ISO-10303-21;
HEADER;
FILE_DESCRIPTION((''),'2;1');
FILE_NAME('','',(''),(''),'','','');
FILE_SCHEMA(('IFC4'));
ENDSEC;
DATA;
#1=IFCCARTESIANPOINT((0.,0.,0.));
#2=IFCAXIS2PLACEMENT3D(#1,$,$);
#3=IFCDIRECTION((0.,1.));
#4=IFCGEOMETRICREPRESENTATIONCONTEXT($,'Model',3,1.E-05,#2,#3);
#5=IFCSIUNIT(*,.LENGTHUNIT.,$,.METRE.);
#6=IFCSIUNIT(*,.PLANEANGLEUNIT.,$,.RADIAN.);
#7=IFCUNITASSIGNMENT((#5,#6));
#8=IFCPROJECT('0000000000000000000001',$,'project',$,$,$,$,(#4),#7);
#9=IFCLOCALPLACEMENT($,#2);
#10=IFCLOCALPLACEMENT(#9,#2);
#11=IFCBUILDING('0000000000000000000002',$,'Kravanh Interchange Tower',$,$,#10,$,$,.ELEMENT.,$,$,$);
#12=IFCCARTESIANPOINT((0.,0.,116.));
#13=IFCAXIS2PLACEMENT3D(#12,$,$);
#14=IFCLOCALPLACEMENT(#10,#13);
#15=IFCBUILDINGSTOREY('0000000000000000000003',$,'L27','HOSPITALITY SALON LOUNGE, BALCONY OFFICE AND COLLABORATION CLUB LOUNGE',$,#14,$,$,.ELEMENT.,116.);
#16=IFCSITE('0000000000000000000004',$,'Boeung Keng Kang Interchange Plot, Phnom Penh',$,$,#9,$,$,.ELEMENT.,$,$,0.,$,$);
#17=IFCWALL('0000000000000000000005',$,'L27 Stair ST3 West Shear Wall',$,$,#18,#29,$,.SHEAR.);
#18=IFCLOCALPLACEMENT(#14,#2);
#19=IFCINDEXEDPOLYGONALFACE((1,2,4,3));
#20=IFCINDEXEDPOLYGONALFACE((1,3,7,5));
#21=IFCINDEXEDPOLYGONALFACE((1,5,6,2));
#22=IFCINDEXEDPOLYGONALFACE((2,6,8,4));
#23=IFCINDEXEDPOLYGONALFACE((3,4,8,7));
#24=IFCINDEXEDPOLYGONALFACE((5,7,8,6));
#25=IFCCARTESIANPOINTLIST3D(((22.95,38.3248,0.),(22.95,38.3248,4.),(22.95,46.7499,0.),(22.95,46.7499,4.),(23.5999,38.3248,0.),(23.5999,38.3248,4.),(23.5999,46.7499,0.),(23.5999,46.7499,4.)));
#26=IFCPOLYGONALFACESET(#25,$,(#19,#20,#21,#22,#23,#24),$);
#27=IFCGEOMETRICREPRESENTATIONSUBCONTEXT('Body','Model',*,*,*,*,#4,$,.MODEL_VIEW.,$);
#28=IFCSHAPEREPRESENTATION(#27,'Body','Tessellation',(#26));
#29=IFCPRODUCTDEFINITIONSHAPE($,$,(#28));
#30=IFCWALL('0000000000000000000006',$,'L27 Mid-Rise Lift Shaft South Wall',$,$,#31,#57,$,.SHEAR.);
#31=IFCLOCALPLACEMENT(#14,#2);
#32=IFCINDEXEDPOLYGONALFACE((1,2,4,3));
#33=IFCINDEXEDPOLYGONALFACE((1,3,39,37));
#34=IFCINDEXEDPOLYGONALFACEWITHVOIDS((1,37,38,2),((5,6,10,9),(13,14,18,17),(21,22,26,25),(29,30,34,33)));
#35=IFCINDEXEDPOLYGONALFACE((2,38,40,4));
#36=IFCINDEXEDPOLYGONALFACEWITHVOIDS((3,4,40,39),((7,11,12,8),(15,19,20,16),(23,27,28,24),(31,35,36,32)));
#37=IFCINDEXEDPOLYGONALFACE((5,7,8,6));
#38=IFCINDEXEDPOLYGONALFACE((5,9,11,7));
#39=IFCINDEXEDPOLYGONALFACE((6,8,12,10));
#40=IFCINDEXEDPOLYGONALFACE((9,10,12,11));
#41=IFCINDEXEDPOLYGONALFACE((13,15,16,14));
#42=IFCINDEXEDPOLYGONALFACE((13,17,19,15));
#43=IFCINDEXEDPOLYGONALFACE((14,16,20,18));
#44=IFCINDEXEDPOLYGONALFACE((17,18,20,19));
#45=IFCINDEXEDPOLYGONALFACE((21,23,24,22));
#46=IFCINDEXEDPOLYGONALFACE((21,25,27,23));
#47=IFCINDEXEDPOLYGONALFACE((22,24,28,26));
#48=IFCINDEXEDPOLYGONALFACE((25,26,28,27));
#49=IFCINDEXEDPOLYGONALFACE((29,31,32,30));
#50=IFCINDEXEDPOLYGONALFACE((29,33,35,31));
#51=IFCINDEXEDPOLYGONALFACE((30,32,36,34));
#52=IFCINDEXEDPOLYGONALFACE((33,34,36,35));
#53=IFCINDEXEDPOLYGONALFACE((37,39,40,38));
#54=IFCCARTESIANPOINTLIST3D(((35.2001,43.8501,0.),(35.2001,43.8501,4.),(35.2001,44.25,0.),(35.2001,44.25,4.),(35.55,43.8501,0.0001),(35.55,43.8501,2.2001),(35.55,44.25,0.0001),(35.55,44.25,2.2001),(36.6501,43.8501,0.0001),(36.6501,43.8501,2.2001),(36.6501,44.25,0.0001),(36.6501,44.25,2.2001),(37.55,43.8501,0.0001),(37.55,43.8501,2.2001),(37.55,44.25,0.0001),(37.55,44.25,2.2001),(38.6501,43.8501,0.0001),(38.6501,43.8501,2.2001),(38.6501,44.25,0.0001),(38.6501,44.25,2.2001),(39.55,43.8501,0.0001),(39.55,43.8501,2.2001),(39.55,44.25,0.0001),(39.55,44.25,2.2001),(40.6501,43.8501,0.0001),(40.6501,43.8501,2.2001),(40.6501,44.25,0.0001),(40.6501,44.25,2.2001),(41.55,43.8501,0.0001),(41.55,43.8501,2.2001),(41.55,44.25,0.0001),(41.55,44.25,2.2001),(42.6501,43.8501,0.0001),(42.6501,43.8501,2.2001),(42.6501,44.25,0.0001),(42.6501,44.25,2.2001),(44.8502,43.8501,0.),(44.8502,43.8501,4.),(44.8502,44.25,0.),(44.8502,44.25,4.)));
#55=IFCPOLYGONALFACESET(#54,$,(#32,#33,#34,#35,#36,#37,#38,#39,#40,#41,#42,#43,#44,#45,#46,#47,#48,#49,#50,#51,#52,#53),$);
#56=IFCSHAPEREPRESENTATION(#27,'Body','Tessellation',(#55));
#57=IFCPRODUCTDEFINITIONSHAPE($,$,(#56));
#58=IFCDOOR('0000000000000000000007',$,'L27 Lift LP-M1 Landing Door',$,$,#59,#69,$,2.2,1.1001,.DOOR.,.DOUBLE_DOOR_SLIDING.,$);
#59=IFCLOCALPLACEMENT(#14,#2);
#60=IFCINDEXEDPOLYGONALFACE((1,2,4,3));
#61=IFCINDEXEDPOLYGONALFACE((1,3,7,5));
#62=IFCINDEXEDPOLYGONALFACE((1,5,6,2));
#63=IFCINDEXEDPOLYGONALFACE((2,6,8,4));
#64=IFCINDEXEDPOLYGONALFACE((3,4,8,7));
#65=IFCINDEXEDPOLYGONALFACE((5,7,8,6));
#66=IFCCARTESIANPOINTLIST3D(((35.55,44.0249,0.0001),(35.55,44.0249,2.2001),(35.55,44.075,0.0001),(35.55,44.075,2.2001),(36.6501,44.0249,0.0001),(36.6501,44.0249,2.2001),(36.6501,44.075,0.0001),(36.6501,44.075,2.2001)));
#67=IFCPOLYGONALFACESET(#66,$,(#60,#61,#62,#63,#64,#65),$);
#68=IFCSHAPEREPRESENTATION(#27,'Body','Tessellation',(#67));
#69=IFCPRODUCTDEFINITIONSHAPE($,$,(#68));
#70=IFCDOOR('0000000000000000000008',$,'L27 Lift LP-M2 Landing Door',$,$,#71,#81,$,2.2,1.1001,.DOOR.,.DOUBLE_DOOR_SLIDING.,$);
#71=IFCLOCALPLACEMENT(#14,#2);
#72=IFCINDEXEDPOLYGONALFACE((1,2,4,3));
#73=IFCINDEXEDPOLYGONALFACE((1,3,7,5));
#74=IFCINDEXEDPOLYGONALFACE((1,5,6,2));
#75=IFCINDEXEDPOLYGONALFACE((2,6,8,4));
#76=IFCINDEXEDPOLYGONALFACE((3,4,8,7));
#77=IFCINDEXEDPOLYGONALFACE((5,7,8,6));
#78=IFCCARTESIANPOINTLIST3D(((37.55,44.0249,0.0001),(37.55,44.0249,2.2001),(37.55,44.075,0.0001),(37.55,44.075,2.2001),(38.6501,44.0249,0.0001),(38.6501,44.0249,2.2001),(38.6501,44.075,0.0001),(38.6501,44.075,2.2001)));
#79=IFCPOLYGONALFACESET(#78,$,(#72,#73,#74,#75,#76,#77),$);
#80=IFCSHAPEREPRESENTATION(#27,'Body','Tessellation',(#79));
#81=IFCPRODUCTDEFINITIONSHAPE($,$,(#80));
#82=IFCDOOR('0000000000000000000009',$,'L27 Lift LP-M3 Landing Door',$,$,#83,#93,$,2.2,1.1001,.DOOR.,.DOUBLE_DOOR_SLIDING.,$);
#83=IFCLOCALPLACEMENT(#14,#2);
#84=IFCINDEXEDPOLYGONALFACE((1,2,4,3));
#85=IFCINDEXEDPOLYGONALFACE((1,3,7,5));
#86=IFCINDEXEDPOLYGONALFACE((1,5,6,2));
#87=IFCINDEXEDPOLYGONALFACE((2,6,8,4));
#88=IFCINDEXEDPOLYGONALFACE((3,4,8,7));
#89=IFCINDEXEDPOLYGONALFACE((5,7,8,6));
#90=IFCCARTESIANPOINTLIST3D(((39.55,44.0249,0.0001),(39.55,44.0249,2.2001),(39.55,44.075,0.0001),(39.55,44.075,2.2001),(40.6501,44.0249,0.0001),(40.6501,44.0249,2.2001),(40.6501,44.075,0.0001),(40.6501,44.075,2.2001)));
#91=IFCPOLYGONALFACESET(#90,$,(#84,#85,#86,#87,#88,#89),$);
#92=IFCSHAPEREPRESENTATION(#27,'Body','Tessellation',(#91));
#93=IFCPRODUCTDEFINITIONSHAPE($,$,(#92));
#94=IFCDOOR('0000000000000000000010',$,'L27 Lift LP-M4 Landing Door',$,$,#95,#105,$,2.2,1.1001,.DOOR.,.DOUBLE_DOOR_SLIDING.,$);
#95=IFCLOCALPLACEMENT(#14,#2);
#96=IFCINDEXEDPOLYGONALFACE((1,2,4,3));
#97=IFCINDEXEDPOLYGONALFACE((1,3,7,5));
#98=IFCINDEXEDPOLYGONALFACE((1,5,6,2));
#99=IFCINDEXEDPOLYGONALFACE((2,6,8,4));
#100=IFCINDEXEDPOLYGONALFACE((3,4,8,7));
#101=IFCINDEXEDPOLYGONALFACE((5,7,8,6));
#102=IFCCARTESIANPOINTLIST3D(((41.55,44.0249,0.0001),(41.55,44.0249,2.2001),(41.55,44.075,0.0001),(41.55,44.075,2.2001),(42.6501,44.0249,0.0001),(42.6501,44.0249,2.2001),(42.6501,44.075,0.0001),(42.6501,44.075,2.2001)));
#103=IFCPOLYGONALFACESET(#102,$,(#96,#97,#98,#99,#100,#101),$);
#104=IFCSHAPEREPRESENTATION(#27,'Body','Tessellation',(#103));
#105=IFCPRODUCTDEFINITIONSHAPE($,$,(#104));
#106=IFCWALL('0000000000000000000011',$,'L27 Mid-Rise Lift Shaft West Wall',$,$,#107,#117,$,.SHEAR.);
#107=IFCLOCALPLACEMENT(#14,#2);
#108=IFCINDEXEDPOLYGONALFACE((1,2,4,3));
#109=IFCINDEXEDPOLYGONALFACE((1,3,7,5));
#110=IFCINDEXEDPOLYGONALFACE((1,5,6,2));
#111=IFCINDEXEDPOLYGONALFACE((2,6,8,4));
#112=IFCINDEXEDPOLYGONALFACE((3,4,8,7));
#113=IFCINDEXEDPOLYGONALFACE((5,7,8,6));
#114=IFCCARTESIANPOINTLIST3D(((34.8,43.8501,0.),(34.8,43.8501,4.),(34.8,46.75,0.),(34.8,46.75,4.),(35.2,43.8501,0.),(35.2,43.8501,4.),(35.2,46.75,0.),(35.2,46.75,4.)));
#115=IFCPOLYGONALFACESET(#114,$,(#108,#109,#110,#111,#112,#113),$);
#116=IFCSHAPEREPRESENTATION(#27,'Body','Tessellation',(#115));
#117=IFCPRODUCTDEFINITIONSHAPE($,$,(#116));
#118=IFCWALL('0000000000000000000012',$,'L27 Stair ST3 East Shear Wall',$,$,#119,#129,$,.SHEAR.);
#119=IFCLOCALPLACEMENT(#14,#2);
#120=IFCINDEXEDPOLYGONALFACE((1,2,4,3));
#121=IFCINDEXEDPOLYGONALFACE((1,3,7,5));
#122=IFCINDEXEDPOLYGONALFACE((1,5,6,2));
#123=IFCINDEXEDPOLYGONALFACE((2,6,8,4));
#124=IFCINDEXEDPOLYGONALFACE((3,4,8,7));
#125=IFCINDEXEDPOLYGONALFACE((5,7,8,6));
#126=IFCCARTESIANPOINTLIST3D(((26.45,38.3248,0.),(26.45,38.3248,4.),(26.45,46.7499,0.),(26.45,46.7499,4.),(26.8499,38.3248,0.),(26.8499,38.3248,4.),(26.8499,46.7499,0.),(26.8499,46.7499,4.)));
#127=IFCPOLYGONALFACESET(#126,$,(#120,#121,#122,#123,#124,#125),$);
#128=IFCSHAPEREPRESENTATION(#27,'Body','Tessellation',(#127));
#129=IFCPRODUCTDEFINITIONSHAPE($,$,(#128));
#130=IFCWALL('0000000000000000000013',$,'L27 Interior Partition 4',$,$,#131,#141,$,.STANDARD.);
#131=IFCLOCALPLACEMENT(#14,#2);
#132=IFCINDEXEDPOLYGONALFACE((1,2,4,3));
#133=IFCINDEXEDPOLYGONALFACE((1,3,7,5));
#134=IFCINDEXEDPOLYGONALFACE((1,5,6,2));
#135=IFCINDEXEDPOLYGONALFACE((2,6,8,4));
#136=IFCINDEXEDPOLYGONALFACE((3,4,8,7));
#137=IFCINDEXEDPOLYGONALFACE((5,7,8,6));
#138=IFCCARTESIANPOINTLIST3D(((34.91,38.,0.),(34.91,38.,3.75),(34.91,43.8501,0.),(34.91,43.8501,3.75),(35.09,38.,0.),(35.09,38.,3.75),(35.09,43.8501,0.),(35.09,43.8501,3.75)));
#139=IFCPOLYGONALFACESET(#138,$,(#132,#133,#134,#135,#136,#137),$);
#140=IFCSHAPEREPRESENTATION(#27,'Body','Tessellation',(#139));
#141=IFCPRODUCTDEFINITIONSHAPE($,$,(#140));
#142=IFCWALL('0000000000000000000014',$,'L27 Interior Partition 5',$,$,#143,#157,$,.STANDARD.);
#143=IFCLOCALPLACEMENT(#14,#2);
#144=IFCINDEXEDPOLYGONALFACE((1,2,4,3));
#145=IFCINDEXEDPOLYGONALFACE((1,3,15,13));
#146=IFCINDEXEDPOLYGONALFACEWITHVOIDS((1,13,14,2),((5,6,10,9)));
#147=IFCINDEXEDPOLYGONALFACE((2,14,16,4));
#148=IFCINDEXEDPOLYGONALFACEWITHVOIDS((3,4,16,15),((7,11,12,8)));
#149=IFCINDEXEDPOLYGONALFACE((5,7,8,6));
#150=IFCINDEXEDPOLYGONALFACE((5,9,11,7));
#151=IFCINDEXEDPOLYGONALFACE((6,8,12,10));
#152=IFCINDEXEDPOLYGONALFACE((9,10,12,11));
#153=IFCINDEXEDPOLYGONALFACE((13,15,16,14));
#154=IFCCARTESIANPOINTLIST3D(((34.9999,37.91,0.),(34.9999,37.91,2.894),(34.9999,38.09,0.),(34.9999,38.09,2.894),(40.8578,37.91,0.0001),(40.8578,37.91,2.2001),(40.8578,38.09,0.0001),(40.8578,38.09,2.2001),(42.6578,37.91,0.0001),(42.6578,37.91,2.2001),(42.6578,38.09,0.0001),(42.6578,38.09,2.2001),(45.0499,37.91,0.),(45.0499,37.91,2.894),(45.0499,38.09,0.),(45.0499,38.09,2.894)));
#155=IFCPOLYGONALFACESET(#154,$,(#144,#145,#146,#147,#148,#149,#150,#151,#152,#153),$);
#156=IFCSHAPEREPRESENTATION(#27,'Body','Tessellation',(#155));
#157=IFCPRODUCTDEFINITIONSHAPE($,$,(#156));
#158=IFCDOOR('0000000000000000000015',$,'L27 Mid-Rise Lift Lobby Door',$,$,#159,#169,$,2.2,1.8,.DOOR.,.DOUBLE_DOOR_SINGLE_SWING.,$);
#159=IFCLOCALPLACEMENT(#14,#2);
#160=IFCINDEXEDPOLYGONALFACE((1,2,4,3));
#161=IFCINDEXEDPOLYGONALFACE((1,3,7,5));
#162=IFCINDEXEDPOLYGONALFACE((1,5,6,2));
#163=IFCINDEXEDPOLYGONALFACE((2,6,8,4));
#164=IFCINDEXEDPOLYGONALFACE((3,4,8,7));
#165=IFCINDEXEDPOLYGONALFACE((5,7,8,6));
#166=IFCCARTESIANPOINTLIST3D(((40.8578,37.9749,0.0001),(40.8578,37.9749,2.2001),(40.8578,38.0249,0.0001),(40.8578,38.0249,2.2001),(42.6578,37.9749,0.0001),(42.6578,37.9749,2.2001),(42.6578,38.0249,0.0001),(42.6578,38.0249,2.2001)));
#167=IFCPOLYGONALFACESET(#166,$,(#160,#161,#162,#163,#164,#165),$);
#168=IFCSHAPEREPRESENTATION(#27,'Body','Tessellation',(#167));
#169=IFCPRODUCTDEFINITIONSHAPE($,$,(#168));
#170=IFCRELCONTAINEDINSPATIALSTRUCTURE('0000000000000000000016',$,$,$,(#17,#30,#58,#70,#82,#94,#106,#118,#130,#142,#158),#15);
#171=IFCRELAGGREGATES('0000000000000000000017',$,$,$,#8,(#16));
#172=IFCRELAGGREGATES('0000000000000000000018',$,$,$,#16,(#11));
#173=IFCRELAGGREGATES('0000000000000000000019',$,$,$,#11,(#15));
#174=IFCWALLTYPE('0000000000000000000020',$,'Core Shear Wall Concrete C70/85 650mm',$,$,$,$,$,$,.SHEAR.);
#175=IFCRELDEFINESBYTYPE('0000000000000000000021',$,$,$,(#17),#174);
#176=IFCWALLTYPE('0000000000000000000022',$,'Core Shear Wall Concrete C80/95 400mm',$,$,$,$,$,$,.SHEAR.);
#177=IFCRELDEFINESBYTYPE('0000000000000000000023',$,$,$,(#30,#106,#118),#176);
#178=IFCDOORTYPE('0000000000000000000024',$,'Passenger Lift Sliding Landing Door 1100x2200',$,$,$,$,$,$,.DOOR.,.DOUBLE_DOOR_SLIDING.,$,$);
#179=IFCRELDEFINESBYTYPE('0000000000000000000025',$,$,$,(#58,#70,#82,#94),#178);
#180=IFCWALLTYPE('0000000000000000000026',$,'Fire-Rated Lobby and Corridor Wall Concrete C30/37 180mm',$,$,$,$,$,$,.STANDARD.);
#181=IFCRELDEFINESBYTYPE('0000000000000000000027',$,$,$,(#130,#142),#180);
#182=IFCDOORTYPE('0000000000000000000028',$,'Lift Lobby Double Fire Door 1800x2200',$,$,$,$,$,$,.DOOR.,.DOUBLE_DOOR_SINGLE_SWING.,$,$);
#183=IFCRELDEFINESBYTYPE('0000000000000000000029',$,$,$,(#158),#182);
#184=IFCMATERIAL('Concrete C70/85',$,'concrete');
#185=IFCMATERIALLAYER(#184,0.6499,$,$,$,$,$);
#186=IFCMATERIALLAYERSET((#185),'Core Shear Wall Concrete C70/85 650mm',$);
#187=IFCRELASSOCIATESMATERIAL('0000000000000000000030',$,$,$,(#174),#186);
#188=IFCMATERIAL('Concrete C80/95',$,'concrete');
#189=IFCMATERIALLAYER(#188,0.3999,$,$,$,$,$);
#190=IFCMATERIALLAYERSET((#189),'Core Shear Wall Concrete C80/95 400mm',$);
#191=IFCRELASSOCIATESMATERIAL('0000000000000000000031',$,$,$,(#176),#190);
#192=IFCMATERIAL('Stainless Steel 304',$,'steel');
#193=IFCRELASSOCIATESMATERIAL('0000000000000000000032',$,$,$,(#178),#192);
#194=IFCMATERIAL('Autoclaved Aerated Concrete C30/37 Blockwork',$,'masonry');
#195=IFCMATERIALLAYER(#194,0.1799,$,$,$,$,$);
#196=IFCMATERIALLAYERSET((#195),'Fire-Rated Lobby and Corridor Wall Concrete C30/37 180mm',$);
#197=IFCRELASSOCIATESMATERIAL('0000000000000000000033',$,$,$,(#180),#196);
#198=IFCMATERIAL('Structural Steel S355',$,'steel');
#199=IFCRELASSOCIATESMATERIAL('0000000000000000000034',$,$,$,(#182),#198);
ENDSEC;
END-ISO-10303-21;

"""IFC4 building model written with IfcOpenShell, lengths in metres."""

from ifc_helpers import new_model, si_unit, direction, frame, frame_2d, origin, place, context, subcontext, project, spatial, rectangle, extrude, material, layer, layer_set, type_object, element, fill, save


model = new_model("IFC4")

# Units and contexts
model_context = context("Model", 3, precision=1e-05, world=origin(), true_north=direction((0.0, 1.0)))
body_context = subcontext(model_context, "Body", "Model", "MODEL_VIEW")
ifc_project = project(units=[si_unit("LENGTHUNIT", "METRE"), si_unit("PLANEANGLEUNIT", "RADIAN")], contexts=[model_context])

# Site, building, storey
site_placement = place(None, origin())
site = spatial("IfcSite", under=ifc_project, at=site_placement, Name="Boeung Keng Kang Interchange Plot, Phnom Penh", CompositionType="ELEMENT", RefElevation=0.0)
building_placement = place(site_placement, origin())
building = spatial("IfcBuilding", under=site, at=building_placement, Name="Kravanh Interchange Tower", CompositionType="ELEMENT")
storey_placement = place(building_placement, frame((0.0, 0.0, 116.0)))
storey = spatial("IfcBuildingStorey", under=building, at=storey_placement, Name="L27", Description="HOSPITALITY SALON LOUNGE, BALCONY OFFICE AND COLLABORATION CLUB LOUNGE", CompositionType="ELEMENT", Elevation=116.0)

# Wall
ifc_material_1 = material(Name="Concrete C70/85", Category="concrete")
ifc_layer_1 = layer(ifc_material_1, 0.6499)
ifc_layer_set_1 = layer_set([ifc_layer_1], Name="Core Shear Wall Concrete C70/85 650mm")
wall_type_1 = type_object("IfcWallType", Name="Core Shear Wall Concrete C70/85 650mm", PredefinedType="SHEAR", material=ifc_layer_set_1)
wall_1_placement = place(storey_placement, frame((23.2749, 38.325, 0.0), z_axis=(0.0, 0.0, 1.0), x_axis=(0.0, 1.0, 0.0)))
element("IfcWall", 1, at=wall_1_placement, inside=storey, type_object=wall_type_1, Name="L27 Stair ST3 West Shear Wall", PredefinedType="SHEAR", context=body_context, shape_type="SweptSolid", body=[
    extrude(rectangle(XDim=8.425, YDim=0.6499, at=frame_2d((4.2124, 0.0))), origin(), (0.0, 0.0, 1.0), 4.0),
])

# Wall, openings, doors
ifc_material_2 = material(Name="Concrete C80/95", Category="concrete")
ifc_layer_2 = layer(ifc_material_2, 0.3999)
ifc_layer_set_2 = layer_set([ifc_layer_2], Name="Core Shear Wall Concrete C80/95 400mm")
wall_type_2 = type_object("IfcWallType", Name="Core Shear Wall Concrete C80/95 400mm", PredefinedType="SHEAR", material=ifc_layer_set_2)
wall_2_placement = place(storey_placement, frame((35.2, 44.05, 0.0), z_axis=(0.0, 0.0, 1.0), x_axis=(1.0, 0.0, 0.0)))
wall_2 = element("IfcWall", 2, at=wall_2_placement, inside=storey, type_object=wall_type_2, Name="L27 Mid-Rise Lift Shaft South Wall", PredefinedType="SHEAR", context=body_context, shape_type="SweptSolid", body=[
    extrude(rectangle(XDim=9.6501, YDim=0.3999, at=frame_2d((4.8252, 0.0))), origin(), (0.0, 0.0, 1.0), 4.0),
])
opening_1_placement = place(wall_2_placement, frame((0.3501, 0.0, 0.0)))
opening_1 = element("IfcOpeningElement", 3, at=opening_1_placement, cuts=wall_2, PredefinedType="OPENING", context=body_context, shape_type="SweptSolid", body=[
    extrude(rectangle(XDim=1.1001, YDim=2.2, at=frame_2d((0.55, 1.1001))), frame((0.0, 0.21, 0.0), z_axis=(0.0, -1.0, 0.0), x_axis=(1.0, 0.0, 0.0)), (0.0, 0.0, 1.0), 0.4199),
])
opening_2_placement = place(wall_2_placement, frame((2.3501, 0.0, 0.0)))
opening_2 = element("IfcOpeningElement", 4, at=opening_2_placement, cuts=wall_2, PredefinedType="OPENING", context=body_context, shape_type="SweptSolid", body=[
    extrude(rectangle(XDim=1.1001, YDim=2.2, at=frame_2d((0.55, 1.1001))), frame((0.0, 0.21, 0.0), z_axis=(0.0, -1.0, 0.0), x_axis=(1.0, 0.0, 0.0)), (0.0, 0.0, 1.0), 0.4199),
])
opening_3_placement = place(wall_2_placement, frame((4.3501, 0.0, 0.0)))
opening_3 = element("IfcOpeningElement", 5, at=opening_3_placement, cuts=wall_2, PredefinedType="OPENING", context=body_context, shape_type="SweptSolid", body=[
    extrude(rectangle(XDim=1.1001, YDim=2.2, at=frame_2d((0.55, 1.1001))), frame((0.0, 0.21, 0.0), z_axis=(0.0, -1.0, 0.0), x_axis=(1.0, 0.0, 0.0)), (0.0, 0.0, 1.0), 0.4199),
])
opening_4_placement = place(wall_2_placement, frame((6.3501, 0.0, 0.0)))
opening_4 = element("IfcOpeningElement", 6, at=opening_4_placement, cuts=wall_2, PredefinedType="OPENING", context=body_context, shape_type="SweptSolid", body=[
    extrude(rectangle(XDim=1.1001, YDim=2.2, at=frame_2d((0.55, 1.1001))), frame((0.0, 0.21, 0.0), z_axis=(0.0, -1.0, 0.0), x_axis=(1.0, 0.0, 0.0)), (0.0, 0.0, 1.0), 0.4199),
])
ifc_material_3 = material(Name="Stainless Steel 304", Category="steel")
door_type_1 = type_object("IfcDoorType", Name="Passenger Lift Sliding Landing Door 1100x2200", OperationType="DOUBLE_DOOR_SLIDING", PredefinedType="DOOR", material=ifc_material_3)
door_1_placement = place(opening_1_placement, origin())
door_1 = element("IfcDoor", 7, at=door_1_placement, inside=storey, type_object=door_type_1, Name="L27 Lift LP-M1 Landing Door", OperationType="DOUBLE_DOOR_SLIDING", OverallHeight=2.2, OverallWidth=1.1001, PredefinedType="DOOR", context=body_context, shape_type="SweptSolid", body=[
    extrude(rectangle(XDim=1.1001, YDim=2.2, at=frame_2d((0.55, 1.1001))), frame((0.0, 0.0249, 0.0), z_axis=(0.0, -1.0, 0.0), x_axis=(1.0, 0.0, 0.0)), (0.0, 0.0, 1.0), 0.05),
])
fill(opening_1, door_1)
door_2_placement = place(opening_2_placement, origin())
door_2 = element("IfcDoor", 8, at=door_2_placement, inside=storey, type_object=door_type_1, Name="L27 Lift LP-M2 Landing Door", OperationType="DOUBLE_DOOR_SLIDING", OverallHeight=2.2, OverallWidth=1.1001, PredefinedType="DOOR", context=body_context, shape_type="SweptSolid", body=[
    extrude(rectangle(XDim=1.1001, YDim=2.2, at=frame_2d((0.55, 1.1001))), frame((0.0, 0.0249, 0.0), z_axis=(0.0, -1.0, 0.0), x_axis=(1.0, 0.0, 0.0)), (0.0, 0.0, 1.0), 0.05),
])
fill(opening_2, door_2)
door_3_placement = place(opening_3_placement, origin())
door_3 = element("IfcDoor", 9, at=door_3_placement, inside=storey, type_object=door_type_1, Name="L27 Lift LP-M3 Landing Door", OperationType="DOUBLE_DOOR_SLIDING", OverallHeight=2.2, OverallWidth=1.1001, PredefinedType="DOOR", context=body_context, shape_type="SweptSolid", body=[
    extrude(rectangle(XDim=1.1001, YDim=2.2, at=frame_2d((0.55, 1.1001))), frame((0.0, 0.0249, 0.0), z_axis=(0.0, -1.0, 0.0), x_axis=(1.0, 0.0, 0.0)), (0.0, 0.0, 1.0), 0.05),
])
fill(opening_3, door_3)
door_4_placement = place(opening_4_placement, origin())
door_4 = element("IfcDoor", 10, at=door_4_placement, inside=storey, type_object=door_type_1, Name="L27 Lift LP-M4 Landing Door", OperationType="DOUBLE_DOOR_SLIDING", OverallHeight=2.2, OverallWidth=1.1001, PredefinedType="DOOR", context=body_context, shape_type="SweptSolid", body=[
    extrude(rectangle(XDim=1.1001, YDim=2.2, at=frame_2d((0.55, 1.1001))), frame((0.0, 0.0249, 0.0), z_axis=(0.0, -1.0, 0.0), x_axis=(1.0, 0.0, 0.0)), (0.0, 0.0, 1.0), 0.05),
])
fill(opening_4, door_4)

# Walls
wall_3_placement = place(storey_placement, frame((35.0, 43.8501, 0.0), z_axis=(0.0, 0.0, 1.0), x_axis=(0.0, 1.0, 0.0)))
element("IfcWall", 11, at=wall_3_placement, inside=storey, type_object=wall_type_2, Name="L27 Mid-Rise Lift Shaft West Wall", PredefinedType="SHEAR", context=body_context, shape_type="SweptSolid", body=[
    extrude(rectangle(XDim=2.8999, YDim=0.3999, at=frame_2d((1.45, 0.0))), origin(), (0.0, 0.0, 1.0), 4.0),
])
wall_4_placement = place(storey_placement, frame((26.6499, 38.325, 0.0), z_axis=(0.0, 0.0, 1.0), x_axis=(0.0, 1.0, 0.0)))
element("IfcWall", 12, at=wall_4_placement, inside=storey, type_object=wall_type_2, Name="L27 Stair ST3 East Shear Wall", PredefinedType="SHEAR", context=body_context, shape_type="SweptSolid", body=[
    extrude(rectangle(XDim=8.425, YDim=0.3999, at=frame_2d((4.2124, 0.0))), origin(), (0.0, 0.0, 1.0), 4.0),
])
ifc_material_4 = material(Name="Autoclaved Aerated Concrete C30/37 Blockwork", Category="masonry")
ifc_layer_3 = layer(ifc_material_4, 0.1799)
ifc_layer_set_3 = layer_set([ifc_layer_3], Name="Fire-Rated Lobby and Corridor Wall Concrete C30/37 180mm")
wall_type_3 = type_object("IfcWallType", Name="Fire-Rated Lobby and Corridor Wall Concrete C30/37 180mm", PredefinedType="STANDARD", material=ifc_layer_set_3)
wall_5_placement = place(storey_placement, frame((35.0, 38.0, 0.0), z_axis=(0.0, 0.0, 1.0), x_axis=(0.0, 1.0, 0.0)))
element("IfcWall", 13, at=wall_5_placement, inside=storey, type_object=wall_type_3, Name="L27 Interior Partition 4", PredefinedType="STANDARD", context=body_context, shape_type="SweptSolid", body=[
    extrude(rectangle(XDim=5.8501, YDim=0.1799, at=frame_2d((2.925, 0.0))), origin(), (0.0, 0.0, 1.0), 3.75),
])

# Wall, opening, door
wall_6_placement = place(storey_placement, frame((35.0, 38.0, 0.0), z_axis=(0.0, 0.0, 1.0), x_axis=(1.0, 0.0, 0.0)))
wall_6 = element("IfcWall", 14, at=wall_6_placement, inside=storey, type_object=wall_type_3, Name="L27 Interior Partition 5", PredefinedType="STANDARD", context=body_context, shape_type="SweptSolid", body=[
    extrude(rectangle(XDim=10.05, YDim=0.1799, at=frame_2d((5.0249, 0.0))), origin(), (0.0, 0.0, 1.0), 2.894),
])
opening_5_placement = place(wall_6_placement, frame((5.8579, 0.0, 0.0)))
opening_5 = element("IfcOpeningElement", 15, at=opening_5_placement, cuts=wall_6, PredefinedType="OPENING", context=body_context, shape_type="SweptSolid", body=[
    extrude(rectangle(XDim=1.8, YDim=2.2, at=frame_2d((0.8999, 1.1001))), frame((0.0, 0.1001, 0.0), z_axis=(0.0, -1.0, 0.0), x_axis=(1.0, 0.0, 0.0)), (0.0, 0.0, 1.0), 0.2),
])
ifc_material_5 = material(Name="Structural Steel S355", Category="steel")
door_type_2 = type_object("IfcDoorType", Name="Lift Lobby Double Fire Door 1800x2200", OperationType="DOUBLE_DOOR_SINGLE_SWING", PredefinedType="DOOR", material=ifc_material_5)
door_5_placement = place(opening_5_placement, origin())
door_5 = element("IfcDoor", 16, at=door_5_placement, inside=storey, type_object=door_type_2, Name="L27 Mid-Rise Lift Lobby Door", OperationType="DOUBLE_DOOR_SINGLE_SWING", OverallHeight=2.2, OverallWidth=1.8, PredefinedType="DOOR", context=body_context, shape_type="SweptSolid", body=[
    extrude(rectangle(XDim=1.8, YDim=2.2, at=frame_2d((0.8999, 1.1001))), frame((0.0, 0.0249, 0.0), z_axis=(0.0, -1.0, 0.0), x_axis=(1.0, 0.0, 0.0)), (0.0, 0.0, 1.0), 0.05),
])
fill(opening_5, door_5)

save(model, "model.ifc")
